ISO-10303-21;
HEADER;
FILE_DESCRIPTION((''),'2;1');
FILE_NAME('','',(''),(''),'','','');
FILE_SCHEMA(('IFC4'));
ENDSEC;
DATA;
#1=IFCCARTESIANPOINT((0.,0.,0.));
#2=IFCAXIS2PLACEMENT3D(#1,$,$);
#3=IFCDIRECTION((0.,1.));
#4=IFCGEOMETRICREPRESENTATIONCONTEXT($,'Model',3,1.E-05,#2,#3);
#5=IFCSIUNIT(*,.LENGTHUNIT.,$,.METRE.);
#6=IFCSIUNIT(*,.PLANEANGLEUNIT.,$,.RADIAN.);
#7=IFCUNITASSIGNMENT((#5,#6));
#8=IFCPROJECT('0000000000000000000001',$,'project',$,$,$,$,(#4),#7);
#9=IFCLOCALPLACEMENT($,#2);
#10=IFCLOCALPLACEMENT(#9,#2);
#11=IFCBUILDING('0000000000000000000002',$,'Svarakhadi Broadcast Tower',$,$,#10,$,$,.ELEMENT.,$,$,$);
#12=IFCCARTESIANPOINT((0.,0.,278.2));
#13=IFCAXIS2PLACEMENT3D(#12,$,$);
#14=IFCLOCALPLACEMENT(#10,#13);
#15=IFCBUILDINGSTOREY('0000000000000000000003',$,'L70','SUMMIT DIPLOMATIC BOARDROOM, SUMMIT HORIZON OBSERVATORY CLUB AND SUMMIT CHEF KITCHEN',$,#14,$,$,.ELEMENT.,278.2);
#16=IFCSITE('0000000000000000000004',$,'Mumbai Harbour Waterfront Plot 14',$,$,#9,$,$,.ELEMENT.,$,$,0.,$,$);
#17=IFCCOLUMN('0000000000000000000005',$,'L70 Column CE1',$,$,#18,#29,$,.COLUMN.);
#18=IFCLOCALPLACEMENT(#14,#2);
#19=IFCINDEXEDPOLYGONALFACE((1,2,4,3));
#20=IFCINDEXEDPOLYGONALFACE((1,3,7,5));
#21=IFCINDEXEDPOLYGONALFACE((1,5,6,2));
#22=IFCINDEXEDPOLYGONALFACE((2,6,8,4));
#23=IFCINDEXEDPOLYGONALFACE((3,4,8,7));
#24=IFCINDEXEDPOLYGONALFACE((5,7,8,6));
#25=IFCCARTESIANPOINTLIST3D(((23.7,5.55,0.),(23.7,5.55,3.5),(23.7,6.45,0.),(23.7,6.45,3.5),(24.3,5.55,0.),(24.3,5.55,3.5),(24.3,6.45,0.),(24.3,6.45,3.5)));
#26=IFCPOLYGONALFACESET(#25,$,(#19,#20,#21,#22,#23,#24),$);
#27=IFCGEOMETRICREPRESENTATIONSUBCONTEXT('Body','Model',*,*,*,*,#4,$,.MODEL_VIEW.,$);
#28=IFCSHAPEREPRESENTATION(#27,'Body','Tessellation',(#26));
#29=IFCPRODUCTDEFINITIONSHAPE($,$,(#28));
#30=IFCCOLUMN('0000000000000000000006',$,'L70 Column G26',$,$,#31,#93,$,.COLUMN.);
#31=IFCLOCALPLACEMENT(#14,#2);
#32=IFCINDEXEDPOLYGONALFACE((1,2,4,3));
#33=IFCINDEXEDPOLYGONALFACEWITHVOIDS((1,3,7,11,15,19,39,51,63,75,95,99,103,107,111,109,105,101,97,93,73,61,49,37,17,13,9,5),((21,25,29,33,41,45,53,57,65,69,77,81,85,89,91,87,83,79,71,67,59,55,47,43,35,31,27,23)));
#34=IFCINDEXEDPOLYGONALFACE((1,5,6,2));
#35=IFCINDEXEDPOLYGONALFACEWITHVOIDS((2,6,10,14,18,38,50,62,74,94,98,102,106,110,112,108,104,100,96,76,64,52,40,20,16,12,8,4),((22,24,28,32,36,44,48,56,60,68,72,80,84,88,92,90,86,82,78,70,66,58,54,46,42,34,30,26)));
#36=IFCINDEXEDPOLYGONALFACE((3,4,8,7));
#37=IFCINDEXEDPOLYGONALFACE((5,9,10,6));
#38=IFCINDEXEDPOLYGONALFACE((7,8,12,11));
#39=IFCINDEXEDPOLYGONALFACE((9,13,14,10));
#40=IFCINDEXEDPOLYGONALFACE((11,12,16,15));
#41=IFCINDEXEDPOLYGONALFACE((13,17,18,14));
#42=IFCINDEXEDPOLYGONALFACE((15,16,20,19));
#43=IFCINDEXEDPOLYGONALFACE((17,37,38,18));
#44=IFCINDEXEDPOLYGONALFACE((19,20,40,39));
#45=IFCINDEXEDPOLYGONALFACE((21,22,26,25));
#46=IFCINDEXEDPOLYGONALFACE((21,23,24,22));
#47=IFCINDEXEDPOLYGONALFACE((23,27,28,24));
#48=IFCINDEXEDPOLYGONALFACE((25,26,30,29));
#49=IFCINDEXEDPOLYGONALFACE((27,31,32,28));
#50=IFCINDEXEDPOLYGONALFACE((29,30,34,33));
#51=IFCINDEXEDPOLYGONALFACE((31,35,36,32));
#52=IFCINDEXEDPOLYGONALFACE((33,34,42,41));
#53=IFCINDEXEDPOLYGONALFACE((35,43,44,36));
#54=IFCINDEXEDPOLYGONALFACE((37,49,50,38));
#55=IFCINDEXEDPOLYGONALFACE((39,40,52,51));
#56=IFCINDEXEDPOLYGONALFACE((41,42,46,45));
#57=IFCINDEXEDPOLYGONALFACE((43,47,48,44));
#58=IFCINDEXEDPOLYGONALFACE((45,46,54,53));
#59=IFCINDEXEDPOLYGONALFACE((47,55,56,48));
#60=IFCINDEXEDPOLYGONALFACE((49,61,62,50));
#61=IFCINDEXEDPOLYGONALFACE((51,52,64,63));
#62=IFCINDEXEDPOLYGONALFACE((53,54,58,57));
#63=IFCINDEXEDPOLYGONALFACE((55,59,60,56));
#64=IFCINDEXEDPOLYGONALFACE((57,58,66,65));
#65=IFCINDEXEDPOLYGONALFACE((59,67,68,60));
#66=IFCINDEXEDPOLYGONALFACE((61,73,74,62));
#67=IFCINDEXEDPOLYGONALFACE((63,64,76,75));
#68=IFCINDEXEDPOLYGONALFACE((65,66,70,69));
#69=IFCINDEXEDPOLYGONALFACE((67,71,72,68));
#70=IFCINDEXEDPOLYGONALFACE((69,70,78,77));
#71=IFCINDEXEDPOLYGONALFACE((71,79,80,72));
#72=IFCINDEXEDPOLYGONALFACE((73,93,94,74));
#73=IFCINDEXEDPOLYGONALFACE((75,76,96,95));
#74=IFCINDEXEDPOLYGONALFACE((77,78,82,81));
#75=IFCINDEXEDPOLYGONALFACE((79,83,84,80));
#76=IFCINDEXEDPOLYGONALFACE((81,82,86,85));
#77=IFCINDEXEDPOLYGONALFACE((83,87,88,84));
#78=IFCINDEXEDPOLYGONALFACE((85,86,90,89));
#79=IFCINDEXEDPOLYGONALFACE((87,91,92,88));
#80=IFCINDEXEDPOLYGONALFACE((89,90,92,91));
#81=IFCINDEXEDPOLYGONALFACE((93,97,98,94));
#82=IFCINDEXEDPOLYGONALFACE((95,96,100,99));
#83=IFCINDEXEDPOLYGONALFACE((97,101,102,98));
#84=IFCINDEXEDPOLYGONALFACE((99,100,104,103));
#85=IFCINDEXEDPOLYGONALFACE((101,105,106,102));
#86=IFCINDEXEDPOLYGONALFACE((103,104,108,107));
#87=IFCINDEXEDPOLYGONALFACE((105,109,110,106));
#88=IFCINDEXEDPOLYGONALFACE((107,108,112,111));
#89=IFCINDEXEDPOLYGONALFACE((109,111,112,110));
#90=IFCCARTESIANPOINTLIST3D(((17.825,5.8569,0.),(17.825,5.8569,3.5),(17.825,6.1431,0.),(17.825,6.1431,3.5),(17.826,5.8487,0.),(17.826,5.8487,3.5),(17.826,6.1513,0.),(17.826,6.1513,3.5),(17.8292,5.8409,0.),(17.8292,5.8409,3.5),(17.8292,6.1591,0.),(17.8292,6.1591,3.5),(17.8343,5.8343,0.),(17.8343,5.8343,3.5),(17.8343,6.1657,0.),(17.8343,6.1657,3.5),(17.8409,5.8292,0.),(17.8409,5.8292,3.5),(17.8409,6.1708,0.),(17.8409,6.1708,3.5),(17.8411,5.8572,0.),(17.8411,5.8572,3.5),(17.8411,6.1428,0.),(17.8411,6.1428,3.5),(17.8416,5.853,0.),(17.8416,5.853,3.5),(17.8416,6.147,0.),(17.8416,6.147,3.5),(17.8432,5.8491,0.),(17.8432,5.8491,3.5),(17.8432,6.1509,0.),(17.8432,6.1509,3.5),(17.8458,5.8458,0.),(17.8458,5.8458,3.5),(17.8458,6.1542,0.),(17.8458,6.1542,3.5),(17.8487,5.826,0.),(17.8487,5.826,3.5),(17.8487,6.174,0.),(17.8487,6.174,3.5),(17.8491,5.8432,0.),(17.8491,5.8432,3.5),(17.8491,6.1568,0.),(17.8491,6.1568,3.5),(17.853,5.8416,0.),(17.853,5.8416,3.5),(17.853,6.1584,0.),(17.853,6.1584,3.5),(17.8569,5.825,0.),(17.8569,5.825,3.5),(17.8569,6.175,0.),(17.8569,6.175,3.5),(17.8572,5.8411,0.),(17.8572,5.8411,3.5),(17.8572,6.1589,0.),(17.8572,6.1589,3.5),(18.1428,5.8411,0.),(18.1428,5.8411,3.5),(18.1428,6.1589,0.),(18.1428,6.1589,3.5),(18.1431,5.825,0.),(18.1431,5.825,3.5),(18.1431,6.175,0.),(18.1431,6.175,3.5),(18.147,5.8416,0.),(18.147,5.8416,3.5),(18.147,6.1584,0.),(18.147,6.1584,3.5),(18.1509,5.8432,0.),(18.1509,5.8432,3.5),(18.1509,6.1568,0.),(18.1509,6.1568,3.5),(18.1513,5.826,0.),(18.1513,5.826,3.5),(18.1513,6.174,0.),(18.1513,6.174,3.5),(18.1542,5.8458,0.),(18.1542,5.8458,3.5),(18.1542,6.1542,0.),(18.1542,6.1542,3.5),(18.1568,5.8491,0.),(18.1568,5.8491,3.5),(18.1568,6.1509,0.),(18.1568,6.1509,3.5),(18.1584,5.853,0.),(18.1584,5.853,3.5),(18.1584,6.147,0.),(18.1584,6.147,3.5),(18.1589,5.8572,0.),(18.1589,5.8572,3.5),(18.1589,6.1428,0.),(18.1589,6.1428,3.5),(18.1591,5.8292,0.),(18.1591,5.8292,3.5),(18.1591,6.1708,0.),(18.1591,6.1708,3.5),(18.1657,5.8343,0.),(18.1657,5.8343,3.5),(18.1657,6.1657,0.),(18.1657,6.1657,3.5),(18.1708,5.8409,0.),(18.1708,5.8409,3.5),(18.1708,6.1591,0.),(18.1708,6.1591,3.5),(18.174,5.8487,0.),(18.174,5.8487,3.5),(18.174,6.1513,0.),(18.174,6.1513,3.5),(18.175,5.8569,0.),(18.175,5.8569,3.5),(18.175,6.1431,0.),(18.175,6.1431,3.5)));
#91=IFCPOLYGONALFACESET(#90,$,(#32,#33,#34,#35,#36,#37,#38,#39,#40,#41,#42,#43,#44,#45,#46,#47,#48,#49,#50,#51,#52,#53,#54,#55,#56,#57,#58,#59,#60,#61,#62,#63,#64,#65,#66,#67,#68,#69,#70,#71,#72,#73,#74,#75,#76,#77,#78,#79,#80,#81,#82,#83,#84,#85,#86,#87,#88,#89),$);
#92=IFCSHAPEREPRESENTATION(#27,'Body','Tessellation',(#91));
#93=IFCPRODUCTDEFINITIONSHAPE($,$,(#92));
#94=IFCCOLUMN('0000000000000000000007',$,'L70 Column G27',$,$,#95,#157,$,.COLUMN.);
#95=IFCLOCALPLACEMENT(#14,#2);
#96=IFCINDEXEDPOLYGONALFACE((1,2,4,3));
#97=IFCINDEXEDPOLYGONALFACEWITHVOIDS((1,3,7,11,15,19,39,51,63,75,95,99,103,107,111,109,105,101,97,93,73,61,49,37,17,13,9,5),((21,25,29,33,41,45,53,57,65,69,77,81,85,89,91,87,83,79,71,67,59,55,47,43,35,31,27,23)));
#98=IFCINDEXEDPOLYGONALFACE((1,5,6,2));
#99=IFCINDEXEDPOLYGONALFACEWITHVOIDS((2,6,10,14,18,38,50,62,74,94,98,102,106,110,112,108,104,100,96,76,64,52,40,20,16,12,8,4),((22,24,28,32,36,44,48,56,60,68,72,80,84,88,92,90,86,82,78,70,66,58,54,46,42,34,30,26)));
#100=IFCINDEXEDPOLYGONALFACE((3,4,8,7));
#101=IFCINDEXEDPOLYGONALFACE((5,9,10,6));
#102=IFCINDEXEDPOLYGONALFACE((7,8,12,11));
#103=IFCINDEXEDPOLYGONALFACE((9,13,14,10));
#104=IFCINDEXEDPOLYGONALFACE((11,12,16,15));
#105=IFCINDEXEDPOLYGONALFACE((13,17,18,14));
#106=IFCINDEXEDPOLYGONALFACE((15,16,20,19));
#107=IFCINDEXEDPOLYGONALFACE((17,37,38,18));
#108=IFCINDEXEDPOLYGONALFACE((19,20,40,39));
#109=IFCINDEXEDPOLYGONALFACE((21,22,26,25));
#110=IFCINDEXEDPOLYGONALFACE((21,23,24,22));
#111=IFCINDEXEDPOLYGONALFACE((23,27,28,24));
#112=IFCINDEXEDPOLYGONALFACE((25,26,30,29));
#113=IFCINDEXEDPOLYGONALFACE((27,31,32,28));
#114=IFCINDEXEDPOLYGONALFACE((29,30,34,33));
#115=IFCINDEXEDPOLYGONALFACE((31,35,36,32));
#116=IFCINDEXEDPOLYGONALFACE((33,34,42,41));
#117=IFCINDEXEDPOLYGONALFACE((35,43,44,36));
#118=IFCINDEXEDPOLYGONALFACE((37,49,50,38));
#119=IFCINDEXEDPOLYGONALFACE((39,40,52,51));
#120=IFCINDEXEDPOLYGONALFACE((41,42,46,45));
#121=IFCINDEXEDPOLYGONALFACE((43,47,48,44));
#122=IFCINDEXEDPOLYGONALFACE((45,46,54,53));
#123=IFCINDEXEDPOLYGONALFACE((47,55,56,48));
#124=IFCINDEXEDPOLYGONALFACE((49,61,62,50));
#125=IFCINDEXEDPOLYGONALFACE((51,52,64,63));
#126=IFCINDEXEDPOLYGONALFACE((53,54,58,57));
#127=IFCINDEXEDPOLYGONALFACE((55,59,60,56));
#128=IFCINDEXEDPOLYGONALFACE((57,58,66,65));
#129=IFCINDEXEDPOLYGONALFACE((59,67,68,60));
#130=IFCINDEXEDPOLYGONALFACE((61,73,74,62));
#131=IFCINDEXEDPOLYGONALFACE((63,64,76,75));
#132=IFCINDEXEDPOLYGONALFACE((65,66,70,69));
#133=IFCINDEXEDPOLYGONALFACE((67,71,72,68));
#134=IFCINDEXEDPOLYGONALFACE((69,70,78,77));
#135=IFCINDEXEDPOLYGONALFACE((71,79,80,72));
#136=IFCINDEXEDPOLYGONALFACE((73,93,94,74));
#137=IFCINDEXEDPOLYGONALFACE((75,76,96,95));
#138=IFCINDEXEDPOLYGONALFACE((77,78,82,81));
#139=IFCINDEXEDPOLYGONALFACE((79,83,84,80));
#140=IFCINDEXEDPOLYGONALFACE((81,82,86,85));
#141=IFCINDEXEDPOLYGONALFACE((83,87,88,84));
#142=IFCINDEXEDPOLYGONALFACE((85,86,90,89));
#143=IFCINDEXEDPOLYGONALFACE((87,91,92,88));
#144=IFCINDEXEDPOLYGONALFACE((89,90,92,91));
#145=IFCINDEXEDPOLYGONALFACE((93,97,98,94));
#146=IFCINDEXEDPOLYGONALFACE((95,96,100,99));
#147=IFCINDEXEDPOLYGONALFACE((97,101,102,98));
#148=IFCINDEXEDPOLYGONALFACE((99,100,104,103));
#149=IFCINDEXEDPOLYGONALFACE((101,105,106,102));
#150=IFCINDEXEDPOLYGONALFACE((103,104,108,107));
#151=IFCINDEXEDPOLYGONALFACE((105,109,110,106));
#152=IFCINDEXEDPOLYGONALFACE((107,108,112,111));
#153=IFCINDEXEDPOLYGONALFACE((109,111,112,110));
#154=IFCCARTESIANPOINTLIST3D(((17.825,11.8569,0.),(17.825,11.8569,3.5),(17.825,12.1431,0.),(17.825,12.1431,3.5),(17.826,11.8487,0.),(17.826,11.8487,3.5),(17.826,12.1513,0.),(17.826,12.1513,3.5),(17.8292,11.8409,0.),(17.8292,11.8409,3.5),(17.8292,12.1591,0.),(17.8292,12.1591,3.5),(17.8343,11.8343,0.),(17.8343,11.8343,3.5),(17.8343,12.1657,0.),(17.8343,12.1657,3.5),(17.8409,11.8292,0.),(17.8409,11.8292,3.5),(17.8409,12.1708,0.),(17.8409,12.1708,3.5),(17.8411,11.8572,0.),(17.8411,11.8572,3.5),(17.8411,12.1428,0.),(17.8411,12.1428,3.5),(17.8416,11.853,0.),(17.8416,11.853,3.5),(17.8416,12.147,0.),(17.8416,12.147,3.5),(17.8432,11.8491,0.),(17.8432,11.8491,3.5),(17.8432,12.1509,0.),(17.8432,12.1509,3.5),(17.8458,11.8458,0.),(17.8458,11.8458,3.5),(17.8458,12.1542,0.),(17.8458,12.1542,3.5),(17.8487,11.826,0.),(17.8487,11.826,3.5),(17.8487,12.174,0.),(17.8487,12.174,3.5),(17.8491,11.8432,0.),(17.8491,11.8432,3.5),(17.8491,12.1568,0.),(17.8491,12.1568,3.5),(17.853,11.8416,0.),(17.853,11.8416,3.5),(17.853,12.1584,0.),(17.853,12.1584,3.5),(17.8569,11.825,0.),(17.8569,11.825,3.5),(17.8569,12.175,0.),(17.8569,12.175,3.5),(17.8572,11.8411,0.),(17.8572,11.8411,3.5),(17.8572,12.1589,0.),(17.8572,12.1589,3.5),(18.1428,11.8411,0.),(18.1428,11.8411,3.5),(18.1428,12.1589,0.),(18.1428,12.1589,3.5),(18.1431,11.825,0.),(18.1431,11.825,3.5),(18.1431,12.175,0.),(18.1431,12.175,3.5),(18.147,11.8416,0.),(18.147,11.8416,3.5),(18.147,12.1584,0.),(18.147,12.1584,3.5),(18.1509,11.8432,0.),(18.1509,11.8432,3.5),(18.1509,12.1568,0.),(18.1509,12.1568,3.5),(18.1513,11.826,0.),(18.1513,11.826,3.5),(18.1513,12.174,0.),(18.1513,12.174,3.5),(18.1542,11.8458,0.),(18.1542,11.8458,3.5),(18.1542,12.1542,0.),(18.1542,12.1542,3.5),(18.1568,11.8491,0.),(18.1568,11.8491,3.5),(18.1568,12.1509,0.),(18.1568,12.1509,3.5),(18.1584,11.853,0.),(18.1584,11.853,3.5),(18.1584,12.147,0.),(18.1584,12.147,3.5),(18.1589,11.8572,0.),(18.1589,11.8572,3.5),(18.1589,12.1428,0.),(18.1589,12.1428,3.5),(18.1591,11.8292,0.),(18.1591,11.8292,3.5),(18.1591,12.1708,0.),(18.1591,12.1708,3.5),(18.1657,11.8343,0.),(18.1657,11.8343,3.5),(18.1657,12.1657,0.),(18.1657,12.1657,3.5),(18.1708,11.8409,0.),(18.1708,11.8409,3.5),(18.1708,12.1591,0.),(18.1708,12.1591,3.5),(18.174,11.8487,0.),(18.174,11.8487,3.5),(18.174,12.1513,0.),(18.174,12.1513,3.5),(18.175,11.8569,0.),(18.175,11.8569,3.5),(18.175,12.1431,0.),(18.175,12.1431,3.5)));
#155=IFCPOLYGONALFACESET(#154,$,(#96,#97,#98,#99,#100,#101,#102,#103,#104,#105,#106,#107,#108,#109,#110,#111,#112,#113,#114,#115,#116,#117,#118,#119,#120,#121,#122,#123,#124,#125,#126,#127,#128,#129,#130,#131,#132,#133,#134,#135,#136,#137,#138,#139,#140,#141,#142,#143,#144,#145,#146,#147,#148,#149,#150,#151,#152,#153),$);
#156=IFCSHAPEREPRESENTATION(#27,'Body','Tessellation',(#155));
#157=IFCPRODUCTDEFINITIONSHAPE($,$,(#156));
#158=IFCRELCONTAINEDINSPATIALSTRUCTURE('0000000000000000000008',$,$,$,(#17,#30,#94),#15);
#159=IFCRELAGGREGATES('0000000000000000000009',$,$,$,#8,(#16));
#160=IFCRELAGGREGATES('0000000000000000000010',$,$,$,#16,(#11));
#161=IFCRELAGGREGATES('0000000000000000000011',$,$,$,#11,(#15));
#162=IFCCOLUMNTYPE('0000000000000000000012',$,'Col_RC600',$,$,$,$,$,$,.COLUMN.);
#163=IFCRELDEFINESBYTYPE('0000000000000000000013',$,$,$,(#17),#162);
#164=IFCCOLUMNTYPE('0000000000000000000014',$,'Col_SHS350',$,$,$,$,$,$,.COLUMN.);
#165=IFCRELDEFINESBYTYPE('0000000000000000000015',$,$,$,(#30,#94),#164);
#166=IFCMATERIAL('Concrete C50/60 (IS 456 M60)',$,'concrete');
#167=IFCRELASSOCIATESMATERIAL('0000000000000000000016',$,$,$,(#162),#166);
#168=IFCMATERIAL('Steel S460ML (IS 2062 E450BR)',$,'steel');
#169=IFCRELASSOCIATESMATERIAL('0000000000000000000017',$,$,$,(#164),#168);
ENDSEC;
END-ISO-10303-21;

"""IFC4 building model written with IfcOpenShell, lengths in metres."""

from ifc_helpers import new_model, si_unit, direction, frame, origin, origin_2d, place, context, subcontext, project, spatial, rectangle, hollow_rectangle, extrude, material, material_profile, profile_set, type_object, element, save


model = new_model("IFC4")

# Units and contexts
model_context = context("Model", 3, precision=1e-05, world=origin(), true_north=direction((0.0, 1.0)))
body_context = subcontext(model_context, "Body", "Model", "MODEL_VIEW")
ifc_project = project(units=[si_unit("LENGTHUNIT", "METRE"), si_unit("PLANEANGLEUNIT", "RADIAN")], contexts=[model_context])

# Site, building, storey
site_placement = place(None, origin())
site = spatial("IfcSite", under=ifc_project, at=site_placement, Name="Mumbai Harbour Waterfront Plot 14", CompositionType="ELEMENT", RefElevation=0.0)
building_placement = place(site_placement, origin())
building = spatial("IfcBuilding", under=site, at=building_placement, Name="Svarakhadi Broadcast Tower", CompositionType="ELEMENT")
storey_placement = place(building_placement, frame((0.0, 0.0, 278.2)))
storey = spatial("IfcBuildingStorey", under=building, at=storey_placement, Name="L70", Description="SUMMIT DIPLOMATIC BOARDROOM, SUMMIT HORIZON OBSERVATORY CLUB AND SUMMIT CHEF KITCHEN", CompositionType="ELEMENT", Elevation=278.2)

# Columns
ifc_material_1 = material(Name="Concrete C50/60 (IS 456 M60)", Category="concrete")
ifc_material_profile_1 = material_profile(ifc_material_1, rectangle(XDim=0.6001, YDim=0.8999, at=origin_2d()), Name="RC 600x900")
ifc_profile_set_1 = profile_set([ifc_material_profile_1], Name="Concrete C50/60 (IS 456 M60)")
column_type_1 = type_object("IfcColumnType", Name="Col_RC600", PredefinedType="COLUMN", material=ifc_profile_set_1)
column_placement = place(storey_placement, frame((24.0, 6.0, 0.0), z_axis=(0.0, 0.0, 1.0), x_axis=(1.0, 0.0, 0.0)))
element("IfcColumn", 1, at=column_placement, inside=storey, type_object=column_type_1, Name="L70 Column CE1", PredefinedType="COLUMN", context=body_context, shape_type="SweptSolid", body=[
    extrude(rectangle(XDim=0.6001, YDim=0.8999, at=origin_2d()), origin(), (0.0, 0.0, 1.0), 3.5),
])
ifc_material_2 = material(Name="Steel S460ML (IS 2062 E450BR)", Category="steel")
ifc_material_profile_2 = material_profile(ifc_material_2, hollow_rectangle(XDim=0.3501, YDim=0.3501, WallThickness=0.0161, InnerFilletRadius=0.0161, OuterFilletRadius=0.032, at=origin_2d()), Name="SHS 350x350x16")
ifc_profile_set_2 = profile_set([ifc_material_profile_2], Name="Steel S460ML (IS 2062 E450BR)")
column_type_2 = type_object("IfcColumnType", Name="Col_SHS350", PredefinedType="COLUMN", material=ifc_profile_set_2)
for number, where, z_axis, x_axis, name in (
    (2, (18.0, 6.0, 0.0), (0.0, 0.0, 1.0), (1.0, 0.0, 0.0), "L70 Column G26"),
    (3, (18.0, 12.0, 0.0), (0.0, 0.0, 1.0), (1.0, 0.0, 0.0), "L70 Column G27"),
):
    element("IfcColumn", number, at=place(storey_placement, frame(where, z_axis=z_axis, x_axis=x_axis)), inside=storey, type_object=column_type_2, Name=name, PredefinedType="COLUMN", context=body_context, shape_type="SweptSolid", body=[
        extrude(hollow_rectangle(XDim=0.3501, YDim=0.3501, WallThickness=0.0161, InnerFilletRadius=0.0161, OuterFilletRadius=0.032, at=origin_2d()), origin(), (0.0, 0.0, 1.0), 3.5),
    ])

save(model, "model.ifc")
